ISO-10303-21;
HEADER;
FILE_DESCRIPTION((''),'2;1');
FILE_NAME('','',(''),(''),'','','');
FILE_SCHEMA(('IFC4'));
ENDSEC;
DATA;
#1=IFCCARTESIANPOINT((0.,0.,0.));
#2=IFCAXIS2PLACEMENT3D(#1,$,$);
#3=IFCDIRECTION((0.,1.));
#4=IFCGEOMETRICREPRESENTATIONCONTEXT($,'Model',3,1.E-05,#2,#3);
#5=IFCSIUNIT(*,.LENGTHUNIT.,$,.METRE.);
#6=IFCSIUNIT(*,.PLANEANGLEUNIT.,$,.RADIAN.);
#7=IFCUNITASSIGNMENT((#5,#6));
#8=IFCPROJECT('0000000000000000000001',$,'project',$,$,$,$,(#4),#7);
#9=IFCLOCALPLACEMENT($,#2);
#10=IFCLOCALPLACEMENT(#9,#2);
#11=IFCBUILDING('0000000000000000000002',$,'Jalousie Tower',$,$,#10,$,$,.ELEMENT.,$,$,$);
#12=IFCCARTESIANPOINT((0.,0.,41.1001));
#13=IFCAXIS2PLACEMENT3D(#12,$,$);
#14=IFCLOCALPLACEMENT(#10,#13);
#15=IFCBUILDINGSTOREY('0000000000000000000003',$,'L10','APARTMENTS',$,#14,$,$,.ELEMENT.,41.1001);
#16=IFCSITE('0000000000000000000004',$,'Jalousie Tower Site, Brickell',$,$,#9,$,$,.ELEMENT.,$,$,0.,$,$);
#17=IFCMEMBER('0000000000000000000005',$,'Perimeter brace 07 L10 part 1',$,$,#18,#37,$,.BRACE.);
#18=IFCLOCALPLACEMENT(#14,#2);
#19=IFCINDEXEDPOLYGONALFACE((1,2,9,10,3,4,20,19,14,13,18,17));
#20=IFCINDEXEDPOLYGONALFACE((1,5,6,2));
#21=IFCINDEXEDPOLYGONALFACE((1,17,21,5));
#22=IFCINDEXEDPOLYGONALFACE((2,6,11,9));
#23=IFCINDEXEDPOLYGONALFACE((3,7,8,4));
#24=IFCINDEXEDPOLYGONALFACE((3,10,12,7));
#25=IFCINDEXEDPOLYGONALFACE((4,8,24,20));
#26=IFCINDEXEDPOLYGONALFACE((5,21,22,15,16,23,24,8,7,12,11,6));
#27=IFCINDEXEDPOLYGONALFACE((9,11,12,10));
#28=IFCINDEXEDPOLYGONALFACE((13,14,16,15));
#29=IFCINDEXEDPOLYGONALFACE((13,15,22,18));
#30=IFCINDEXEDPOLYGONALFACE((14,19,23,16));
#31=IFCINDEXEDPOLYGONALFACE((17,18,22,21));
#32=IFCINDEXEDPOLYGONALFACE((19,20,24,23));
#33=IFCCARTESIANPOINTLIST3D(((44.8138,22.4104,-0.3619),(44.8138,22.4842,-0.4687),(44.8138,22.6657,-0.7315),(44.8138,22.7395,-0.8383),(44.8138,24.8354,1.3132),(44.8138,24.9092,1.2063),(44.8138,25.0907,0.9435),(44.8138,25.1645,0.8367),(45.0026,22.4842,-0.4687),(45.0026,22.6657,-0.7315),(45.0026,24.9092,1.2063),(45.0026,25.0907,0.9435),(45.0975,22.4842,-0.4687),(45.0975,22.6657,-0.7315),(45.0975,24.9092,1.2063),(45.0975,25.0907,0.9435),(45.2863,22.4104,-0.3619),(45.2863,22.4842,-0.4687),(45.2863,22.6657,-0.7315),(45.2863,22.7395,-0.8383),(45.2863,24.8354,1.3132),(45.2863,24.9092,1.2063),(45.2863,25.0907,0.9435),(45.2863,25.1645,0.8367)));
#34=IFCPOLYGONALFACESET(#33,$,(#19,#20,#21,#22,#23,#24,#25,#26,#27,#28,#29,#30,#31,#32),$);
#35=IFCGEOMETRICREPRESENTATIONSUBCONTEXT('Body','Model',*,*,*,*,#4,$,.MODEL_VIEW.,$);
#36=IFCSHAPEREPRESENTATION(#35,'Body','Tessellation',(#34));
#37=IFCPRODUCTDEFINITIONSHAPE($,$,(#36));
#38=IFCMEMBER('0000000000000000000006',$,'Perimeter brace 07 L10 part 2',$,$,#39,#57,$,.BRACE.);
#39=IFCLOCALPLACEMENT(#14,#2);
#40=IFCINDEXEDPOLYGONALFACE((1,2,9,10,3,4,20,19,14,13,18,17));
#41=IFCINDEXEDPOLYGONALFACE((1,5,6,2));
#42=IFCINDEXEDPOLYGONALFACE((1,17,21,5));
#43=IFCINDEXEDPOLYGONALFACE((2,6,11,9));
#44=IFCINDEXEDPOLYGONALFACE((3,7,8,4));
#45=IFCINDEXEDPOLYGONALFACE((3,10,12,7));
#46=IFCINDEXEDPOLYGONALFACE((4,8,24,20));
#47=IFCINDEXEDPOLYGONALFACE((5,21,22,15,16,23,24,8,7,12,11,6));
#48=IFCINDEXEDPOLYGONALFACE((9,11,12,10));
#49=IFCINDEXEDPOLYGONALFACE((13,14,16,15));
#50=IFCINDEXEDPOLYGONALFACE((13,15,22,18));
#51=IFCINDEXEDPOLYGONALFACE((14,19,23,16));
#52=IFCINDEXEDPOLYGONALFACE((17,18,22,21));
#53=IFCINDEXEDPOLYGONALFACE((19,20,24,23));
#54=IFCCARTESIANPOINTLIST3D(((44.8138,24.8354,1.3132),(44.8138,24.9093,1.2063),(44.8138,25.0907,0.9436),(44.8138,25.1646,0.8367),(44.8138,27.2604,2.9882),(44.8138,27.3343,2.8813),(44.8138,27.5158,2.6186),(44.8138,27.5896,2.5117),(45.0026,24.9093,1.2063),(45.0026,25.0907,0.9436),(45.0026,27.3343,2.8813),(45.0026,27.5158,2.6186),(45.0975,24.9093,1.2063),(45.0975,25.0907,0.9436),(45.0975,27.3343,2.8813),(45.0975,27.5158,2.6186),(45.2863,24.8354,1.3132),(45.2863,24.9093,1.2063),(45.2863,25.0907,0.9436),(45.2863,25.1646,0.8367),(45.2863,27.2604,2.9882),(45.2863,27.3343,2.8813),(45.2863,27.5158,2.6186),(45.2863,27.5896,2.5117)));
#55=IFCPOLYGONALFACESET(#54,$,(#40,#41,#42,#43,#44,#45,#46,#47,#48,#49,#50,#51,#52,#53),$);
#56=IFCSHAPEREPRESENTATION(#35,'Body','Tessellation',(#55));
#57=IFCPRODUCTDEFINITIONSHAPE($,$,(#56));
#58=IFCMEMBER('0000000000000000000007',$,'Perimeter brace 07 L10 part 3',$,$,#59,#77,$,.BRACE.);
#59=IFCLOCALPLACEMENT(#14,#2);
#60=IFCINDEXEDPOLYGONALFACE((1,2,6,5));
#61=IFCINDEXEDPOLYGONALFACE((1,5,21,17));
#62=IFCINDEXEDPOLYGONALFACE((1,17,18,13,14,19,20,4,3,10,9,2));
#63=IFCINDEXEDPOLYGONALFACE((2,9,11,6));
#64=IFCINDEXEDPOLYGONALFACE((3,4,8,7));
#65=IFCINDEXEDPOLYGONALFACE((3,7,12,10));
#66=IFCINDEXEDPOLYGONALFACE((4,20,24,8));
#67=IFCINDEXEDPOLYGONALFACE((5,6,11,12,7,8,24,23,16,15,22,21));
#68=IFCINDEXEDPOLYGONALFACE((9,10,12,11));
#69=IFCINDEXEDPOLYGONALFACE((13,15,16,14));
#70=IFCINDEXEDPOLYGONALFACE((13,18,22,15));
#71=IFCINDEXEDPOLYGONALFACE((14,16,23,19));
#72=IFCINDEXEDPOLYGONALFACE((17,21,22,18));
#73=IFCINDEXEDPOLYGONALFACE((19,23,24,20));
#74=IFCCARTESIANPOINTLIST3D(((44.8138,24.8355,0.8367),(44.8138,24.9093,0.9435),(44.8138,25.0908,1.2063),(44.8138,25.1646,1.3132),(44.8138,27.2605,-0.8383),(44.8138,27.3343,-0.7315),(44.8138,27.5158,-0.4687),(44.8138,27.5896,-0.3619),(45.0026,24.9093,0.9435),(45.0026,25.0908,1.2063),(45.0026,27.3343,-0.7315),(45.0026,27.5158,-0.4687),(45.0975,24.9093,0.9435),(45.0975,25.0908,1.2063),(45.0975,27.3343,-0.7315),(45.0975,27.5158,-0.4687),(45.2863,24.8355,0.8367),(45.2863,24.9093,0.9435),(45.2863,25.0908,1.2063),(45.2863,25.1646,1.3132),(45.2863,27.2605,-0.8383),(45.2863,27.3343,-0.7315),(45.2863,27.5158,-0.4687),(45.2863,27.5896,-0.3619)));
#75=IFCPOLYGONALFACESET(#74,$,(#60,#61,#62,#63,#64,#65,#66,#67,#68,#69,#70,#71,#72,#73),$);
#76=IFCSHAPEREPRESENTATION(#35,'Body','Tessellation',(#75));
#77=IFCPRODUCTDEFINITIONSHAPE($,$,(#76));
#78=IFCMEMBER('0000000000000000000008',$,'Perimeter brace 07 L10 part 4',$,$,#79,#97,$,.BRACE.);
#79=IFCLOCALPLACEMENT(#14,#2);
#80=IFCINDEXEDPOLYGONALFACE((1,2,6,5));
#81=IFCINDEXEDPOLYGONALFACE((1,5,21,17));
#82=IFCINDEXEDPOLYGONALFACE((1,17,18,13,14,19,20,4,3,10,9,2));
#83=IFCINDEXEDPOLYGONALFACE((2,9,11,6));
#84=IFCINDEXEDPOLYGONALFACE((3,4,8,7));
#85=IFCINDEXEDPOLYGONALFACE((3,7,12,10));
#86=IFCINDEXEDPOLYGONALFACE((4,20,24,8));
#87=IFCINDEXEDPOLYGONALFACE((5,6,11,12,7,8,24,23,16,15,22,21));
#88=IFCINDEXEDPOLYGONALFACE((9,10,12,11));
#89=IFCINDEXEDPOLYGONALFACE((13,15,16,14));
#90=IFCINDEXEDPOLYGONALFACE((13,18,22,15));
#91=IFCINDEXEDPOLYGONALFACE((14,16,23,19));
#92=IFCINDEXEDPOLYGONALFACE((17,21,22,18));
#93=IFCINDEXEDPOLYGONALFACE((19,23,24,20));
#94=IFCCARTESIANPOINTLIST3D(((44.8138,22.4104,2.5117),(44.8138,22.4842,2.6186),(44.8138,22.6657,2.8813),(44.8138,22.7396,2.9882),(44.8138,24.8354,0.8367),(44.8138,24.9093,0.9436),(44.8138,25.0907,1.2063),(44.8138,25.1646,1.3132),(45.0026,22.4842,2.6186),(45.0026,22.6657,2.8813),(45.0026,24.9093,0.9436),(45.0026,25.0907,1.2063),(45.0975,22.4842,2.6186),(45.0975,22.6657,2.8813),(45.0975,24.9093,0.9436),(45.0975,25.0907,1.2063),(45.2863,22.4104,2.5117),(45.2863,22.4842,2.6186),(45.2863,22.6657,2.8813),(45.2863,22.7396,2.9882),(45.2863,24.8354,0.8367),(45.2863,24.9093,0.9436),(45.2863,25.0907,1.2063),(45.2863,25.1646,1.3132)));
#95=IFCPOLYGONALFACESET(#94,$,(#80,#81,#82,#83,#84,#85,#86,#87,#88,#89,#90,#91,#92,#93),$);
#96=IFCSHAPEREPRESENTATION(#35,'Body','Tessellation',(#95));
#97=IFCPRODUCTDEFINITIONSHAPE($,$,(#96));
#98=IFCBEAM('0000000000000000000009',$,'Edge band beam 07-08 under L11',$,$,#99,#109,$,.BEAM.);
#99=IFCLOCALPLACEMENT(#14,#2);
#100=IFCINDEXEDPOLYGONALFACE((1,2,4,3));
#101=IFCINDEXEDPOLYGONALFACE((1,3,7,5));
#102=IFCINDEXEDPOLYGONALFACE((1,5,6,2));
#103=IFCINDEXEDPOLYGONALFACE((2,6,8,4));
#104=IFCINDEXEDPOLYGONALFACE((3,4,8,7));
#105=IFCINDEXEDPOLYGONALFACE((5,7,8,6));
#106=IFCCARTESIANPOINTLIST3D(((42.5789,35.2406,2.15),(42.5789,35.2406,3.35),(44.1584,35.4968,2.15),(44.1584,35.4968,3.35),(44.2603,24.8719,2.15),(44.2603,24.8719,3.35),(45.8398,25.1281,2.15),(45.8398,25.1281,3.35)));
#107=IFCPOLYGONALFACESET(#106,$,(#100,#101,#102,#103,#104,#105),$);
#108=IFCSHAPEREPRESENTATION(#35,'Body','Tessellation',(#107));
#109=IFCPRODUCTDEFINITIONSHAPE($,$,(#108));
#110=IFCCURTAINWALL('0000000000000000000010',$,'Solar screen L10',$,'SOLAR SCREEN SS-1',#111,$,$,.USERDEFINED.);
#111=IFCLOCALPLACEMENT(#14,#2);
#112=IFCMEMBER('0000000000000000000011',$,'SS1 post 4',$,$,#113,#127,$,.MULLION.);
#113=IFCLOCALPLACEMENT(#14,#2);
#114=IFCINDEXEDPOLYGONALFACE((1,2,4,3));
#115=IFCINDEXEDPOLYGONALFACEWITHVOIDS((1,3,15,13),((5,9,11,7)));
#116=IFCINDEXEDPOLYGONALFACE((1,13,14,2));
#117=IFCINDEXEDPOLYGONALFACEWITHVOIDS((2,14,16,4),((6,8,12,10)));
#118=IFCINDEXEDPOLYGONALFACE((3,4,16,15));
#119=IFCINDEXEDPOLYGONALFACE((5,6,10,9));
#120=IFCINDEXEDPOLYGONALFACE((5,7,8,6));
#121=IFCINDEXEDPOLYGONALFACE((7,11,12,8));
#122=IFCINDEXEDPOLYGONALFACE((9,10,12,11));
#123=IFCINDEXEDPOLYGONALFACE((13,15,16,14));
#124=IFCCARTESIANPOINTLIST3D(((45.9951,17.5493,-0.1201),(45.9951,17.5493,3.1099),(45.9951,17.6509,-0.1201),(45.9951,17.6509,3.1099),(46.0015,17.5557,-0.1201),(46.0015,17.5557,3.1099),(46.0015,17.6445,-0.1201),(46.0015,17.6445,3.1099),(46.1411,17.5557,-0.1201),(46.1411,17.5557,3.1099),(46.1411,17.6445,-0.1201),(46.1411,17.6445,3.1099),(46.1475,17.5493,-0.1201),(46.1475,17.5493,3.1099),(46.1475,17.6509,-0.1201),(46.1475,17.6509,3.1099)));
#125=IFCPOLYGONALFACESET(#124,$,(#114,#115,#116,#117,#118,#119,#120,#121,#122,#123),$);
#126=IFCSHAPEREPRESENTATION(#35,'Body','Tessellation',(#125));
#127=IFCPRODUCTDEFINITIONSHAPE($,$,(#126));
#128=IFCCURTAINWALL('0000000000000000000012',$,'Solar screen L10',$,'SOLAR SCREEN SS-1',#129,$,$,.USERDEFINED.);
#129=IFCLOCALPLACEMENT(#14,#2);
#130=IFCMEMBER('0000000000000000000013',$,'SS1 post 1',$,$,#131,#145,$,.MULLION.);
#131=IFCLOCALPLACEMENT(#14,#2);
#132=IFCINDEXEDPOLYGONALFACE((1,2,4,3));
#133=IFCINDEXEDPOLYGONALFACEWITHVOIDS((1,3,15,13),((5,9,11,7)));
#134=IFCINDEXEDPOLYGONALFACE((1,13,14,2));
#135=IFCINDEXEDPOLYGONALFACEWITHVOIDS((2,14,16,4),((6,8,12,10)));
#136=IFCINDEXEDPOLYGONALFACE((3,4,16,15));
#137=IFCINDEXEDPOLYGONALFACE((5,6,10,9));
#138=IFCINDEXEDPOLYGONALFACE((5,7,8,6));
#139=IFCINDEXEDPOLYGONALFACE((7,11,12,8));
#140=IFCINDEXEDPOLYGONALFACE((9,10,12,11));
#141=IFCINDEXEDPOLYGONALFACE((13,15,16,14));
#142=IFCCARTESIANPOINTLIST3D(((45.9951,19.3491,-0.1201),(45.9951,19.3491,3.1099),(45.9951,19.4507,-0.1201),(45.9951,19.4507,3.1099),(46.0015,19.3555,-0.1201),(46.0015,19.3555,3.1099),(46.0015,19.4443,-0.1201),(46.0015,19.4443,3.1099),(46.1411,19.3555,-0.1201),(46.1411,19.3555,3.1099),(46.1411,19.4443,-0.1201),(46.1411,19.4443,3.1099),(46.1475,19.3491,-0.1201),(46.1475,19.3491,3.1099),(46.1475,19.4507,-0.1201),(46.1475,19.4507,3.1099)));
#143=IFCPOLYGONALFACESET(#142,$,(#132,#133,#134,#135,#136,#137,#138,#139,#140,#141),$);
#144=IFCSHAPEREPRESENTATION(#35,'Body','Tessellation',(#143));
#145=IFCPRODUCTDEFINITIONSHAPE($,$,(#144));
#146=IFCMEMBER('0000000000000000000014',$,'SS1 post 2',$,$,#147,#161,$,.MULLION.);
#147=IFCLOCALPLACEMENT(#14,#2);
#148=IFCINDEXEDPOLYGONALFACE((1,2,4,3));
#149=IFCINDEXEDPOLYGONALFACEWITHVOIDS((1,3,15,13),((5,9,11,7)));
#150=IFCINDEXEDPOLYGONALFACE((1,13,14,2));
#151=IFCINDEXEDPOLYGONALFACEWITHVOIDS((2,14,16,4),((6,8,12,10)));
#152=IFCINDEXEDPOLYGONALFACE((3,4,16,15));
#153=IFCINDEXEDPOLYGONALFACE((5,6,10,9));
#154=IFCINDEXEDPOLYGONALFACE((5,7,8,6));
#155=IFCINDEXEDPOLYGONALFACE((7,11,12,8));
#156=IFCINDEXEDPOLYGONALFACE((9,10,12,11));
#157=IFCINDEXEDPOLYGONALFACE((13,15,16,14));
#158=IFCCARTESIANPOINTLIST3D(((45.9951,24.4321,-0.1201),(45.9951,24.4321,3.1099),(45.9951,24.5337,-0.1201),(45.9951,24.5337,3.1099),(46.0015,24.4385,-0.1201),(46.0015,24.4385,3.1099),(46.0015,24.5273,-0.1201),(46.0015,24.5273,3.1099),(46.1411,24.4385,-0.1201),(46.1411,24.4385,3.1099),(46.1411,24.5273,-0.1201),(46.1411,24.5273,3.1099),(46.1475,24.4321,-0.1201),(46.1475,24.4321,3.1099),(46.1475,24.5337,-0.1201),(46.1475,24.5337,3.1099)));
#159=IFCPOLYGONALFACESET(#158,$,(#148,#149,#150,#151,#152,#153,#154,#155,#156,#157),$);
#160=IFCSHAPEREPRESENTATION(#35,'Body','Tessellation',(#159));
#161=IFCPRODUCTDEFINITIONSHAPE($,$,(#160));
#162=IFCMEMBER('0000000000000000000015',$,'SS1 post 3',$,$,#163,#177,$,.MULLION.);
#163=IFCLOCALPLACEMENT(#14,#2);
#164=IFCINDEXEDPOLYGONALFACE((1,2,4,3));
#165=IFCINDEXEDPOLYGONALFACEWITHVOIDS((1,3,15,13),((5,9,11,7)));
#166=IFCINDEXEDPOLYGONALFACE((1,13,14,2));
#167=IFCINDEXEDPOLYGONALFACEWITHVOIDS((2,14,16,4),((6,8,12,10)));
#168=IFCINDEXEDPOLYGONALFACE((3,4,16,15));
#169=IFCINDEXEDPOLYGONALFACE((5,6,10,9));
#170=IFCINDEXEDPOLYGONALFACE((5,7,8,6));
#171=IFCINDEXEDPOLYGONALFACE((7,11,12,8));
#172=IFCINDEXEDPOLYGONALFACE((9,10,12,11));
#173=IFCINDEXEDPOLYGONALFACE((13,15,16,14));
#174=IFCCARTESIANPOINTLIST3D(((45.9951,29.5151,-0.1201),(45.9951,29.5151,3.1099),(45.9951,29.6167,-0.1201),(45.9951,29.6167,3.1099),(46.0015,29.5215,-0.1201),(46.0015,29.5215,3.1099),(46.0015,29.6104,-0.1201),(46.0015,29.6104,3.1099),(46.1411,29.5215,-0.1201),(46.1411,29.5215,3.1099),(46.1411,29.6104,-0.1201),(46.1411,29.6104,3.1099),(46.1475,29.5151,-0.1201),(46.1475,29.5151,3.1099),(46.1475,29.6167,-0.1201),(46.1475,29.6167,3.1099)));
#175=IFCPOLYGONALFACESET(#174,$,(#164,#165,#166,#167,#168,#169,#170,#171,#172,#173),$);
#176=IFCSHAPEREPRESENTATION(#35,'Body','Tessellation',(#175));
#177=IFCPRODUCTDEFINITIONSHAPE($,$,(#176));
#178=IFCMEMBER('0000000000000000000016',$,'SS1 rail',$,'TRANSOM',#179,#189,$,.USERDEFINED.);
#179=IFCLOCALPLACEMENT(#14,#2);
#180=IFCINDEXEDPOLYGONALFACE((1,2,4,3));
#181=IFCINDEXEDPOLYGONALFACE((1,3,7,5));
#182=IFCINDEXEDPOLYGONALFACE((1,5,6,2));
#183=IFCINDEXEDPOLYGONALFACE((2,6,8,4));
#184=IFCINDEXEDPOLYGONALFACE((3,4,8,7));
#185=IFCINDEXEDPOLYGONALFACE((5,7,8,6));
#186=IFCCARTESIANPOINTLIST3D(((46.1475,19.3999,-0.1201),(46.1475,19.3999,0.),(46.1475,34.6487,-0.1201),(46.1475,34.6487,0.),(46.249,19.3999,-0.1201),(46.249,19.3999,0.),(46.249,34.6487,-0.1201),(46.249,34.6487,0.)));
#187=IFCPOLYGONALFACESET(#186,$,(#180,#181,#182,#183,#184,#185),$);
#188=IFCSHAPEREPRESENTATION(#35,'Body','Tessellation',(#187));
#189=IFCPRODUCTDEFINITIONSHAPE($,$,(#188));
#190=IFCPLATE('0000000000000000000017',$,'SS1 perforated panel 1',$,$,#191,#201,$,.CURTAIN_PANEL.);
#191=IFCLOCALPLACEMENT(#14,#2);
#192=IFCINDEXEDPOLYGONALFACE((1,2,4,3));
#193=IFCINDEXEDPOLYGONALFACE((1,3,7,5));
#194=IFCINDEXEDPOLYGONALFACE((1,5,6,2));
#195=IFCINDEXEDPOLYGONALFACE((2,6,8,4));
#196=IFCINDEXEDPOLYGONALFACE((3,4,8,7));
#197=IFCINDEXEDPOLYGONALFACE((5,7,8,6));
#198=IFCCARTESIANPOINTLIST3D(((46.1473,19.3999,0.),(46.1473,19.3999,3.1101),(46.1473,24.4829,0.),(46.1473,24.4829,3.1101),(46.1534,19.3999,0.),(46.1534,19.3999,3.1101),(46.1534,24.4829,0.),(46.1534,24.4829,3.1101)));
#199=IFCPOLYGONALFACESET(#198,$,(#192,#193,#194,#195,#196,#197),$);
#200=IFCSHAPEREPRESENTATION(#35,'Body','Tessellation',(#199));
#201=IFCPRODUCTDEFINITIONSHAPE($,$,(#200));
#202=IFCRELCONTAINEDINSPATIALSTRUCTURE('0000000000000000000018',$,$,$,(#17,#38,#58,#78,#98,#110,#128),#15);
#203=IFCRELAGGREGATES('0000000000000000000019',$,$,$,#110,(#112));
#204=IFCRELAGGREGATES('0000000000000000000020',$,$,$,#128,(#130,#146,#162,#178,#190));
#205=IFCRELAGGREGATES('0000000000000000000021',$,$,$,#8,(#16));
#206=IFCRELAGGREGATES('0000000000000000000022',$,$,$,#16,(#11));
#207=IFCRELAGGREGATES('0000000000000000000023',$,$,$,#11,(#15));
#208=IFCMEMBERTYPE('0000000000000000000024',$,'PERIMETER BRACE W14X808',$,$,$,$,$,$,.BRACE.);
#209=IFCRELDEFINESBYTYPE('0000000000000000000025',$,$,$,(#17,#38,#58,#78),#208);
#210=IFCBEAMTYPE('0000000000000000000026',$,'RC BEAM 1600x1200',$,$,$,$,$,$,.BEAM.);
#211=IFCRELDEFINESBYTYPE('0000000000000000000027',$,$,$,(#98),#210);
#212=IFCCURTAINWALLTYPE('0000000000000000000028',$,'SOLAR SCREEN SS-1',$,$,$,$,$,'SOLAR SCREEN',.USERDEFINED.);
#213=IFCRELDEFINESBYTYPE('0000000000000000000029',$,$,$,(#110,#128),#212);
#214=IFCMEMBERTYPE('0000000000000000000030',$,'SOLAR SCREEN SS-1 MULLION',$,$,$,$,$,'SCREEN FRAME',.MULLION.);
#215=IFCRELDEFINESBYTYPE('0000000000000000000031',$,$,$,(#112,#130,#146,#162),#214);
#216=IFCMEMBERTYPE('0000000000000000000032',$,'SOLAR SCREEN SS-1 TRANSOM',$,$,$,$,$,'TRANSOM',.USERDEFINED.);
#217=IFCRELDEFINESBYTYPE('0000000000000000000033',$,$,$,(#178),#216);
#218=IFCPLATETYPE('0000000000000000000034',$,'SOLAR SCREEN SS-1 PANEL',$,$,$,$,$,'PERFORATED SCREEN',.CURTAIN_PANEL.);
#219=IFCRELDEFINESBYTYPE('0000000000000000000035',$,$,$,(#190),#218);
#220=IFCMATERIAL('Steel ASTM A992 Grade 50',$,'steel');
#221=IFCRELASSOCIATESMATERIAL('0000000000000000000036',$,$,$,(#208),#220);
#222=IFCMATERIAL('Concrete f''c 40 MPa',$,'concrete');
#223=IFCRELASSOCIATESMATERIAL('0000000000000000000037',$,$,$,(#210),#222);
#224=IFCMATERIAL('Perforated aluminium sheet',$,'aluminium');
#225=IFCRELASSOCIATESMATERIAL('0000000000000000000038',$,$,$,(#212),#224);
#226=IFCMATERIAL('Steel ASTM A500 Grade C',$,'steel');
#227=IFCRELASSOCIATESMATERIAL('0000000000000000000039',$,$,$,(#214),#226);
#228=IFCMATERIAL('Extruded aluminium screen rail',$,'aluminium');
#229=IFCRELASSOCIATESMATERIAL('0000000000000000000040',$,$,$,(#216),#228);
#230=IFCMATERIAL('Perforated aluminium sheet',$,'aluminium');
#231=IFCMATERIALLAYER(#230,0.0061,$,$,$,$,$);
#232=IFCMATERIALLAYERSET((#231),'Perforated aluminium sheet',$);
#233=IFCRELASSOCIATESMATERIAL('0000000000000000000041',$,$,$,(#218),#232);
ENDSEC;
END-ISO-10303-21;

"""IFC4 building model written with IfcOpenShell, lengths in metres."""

from ifc_helpers import new_model, si_unit, direction, frame, origin, origin_2d, place, context, subcontext, project, spatial, rectangle, hollow_rectangle, i_section, extrude, material, layer, layer_set, material_profile, profile_set, type_object, element, aggregate, save


model = new_model("IFC4")

# Units and contexts
model_context = context("Model", 3, precision=1e-05, world=origin(), true_north=direction((0.0, 1.0)))
body_context = subcontext(model_context, "Body", "Model", "MODEL_VIEW")
ifc_project = project(units=[si_unit("LENGTHUNIT", "METRE"), si_unit("PLANEANGLEUNIT", "RADIAN")], contexts=[model_context])

# Site, building, storey
site_placement = place(None, origin())
site = spatial("IfcSite", under=ifc_project, at=site_placement, Name="Jalousie Tower Site, Brickell", CompositionType="ELEMENT", RefElevation=0.0)
building_placement = place(site_placement, origin())
building = spatial("IfcBuilding", under=site, at=building_placement, Name="Jalousie Tower", CompositionType="ELEMENT")
storey_placement = place(building_placement, frame((0.0, 0.0, 41.1001)))
storey = spatial("IfcBuildingStorey", under=building, at=storey_placement, Name="L10", Description="APARTMENTS", CompositionType="ELEMENT", Elevation=41.1001)

# Members
ifc_material_1 = material(Name="Steel ASTM A992 Grade 50", Category="steel")
ifc_material_profile_1 = material_profile(ifc_material_1, i_section(OverallWidth=0.4724, OverallDepth=0.5791, WebThickness=0.095, FlangeThickness=0.1299, at=origin_2d()), Name="W14X808")
ifc_profile_set_1 = profile_set([ifc_material_profile_1], Name="Steel ASTM A992 Grade 50")
member_type_1 = type_object("IfcMemberType", Name="PERIMETER BRACE W14X808", PredefinedType="BRACE", material=ifc_profile_set_1)
for number, where, z_axis, x_axis, name in (
    (1, (45.05, 22.575, -0.6001), (0.0, 0.8228, 0.568331), (-1.0, 0.0, 0.0), "Perimeter brace 07 L10 part 1"),
    (2, (45.05, 25.0, 1.075), (0.0, 0.8228, 0.568331), (-1.0, 0.0, 0.0), "Perimeter brace 07 L10 part 2"),
    (3, (45.05, 27.425, -0.6001), (0.0, -0.8228, 0.568331), (1.0, 0.0, 0.0), "Perimeter brace 07 L10 part 3"),
    (4, (45.05, 25.0, 1.075), (0.0, -0.8228, 0.568331), (1.0, 0.0, 0.0), "Perimeter brace 07 L10 part 4"),
):
    element("IfcMember", number, at=place(storey_placement, frame(where, z_axis=z_axis, x_axis=x_axis)), inside=storey, type_object=member_type_1, Name=name, PredefinedType="BRACE", context=body_context, shape_type="SweptSolid", body=[
        extrude(i_section(OverallWidth=0.4724, OverallDepth=0.5791, WebThickness=0.095, FlangeThickness=0.1299, at=origin_2d()), origin(), (0.0, 0.0, 1.0), 2.9473),
    ])

# Beam
ifc_material_2 = material(Name="Concrete f'c 40 MPa", Category="concrete")
ifc_material_profile_2 = material_profile(ifc_material_2, rectangle(XDim=1.6001, YDim=1.2, at=origin_2d()), Name="RC 1600x1200")
ifc_profile_set_2 = profile_set([ifc_material_profile_2], Name="Concrete f'c 40 MPa")
beam_type = type_object("IfcBeamType", Name="RC BEAM 1600x1200", PredefinedType="BEAM", material=ifc_profile_set_2)
beam_placement = place(storey_placement, frame((45.05, 25.0, 2.75), z_axis=(-0.160071, 0.987106, 0.0), x_axis=(-0.987106, -0.160071, 0.0)))
element("IfcBeam", 5, at=beam_placement, inside=storey, type_object=beam_type, Name="Edge band beam 07-08 under L11", PredefinedType="BEAM", context=body_context, shape_type="SweptSolid", body=[
    extrude(rectangle(XDim=1.6001, YDim=1.2, at=origin_2d()), origin(), (0.0, 0.0, 1.0), 10.5042),
])

# Curtain wall, member
ifc_material_3 = material(Name="Perforated aluminium sheet", Category="aluminium")
curtain_wall_type = type_object("IfcCurtainWallType", Name="SOLAR SCREEN SS-1", ElementType="SOLAR SCREEN", PredefinedType="USERDEFINED", material=ifc_material_3)
curtain_wall_1_placement = place(storey_placement, origin())
curtain_wall_1 = element("IfcCurtainWall", 6, at=curtain_wall_1_placement, inside=storey, type_object=curtain_wall_type, Name="Solar screen L10", ObjectType="SOLAR SCREEN SS-1", PredefinedType="USERDEFINED")
ifc_material_4 = material(Name="Steel ASTM A500 Grade C", Category="steel")
ifc_material_profile_3 = material_profile(ifc_material_4, hollow_rectangle(XDim=0.1016, YDim=0.1523, WallThickness=0.0063, at=origin_2d()), Name="HSS6X4X1/4")
ifc_profile_set_3 = profile_set([ifc_material_profile_3], Name="Steel ASTM A500 Grade C")
member_type_2 = type_object("IfcMemberType", Name="SOLAR SCREEN SS-1 MULLION", ElementType="SCREEN FRAME", PredefinedType="MULLION", material=ifc_profile_set_3)
member_1_placement = place(storey_placement, frame((46.0713, 17.6001, -0.1201), z_axis=(0.0, 0.0, 1.0), x_axis=(0.0, 1.0, 0.0)))
member_1 = element("IfcMember", 7, at=member_1_placement, type_object=member_type_2, Name="SS1 post 4", PredefinedType="MULLION", context=body_context, shape_type="SweptSolid", body=[
    extrude(hollow_rectangle(XDim=0.1016, YDim=0.1523, WallThickness=0.0063, at=origin_2d()), origin(), (0.0, 0.0, 1.0), 3.23),
])
aggregate(curtain_wall_1, [member_1])

# Curtain wall, members, plate
curtain_wall_2_placement = place(storey_placement, origin())
curtain_wall_2 = element("IfcCurtainWall", 8, at=curtain_wall_2_placement, inside=storey, type_object=curtain_wall_type, Name="Solar screen L10", ObjectType="SOLAR SCREEN SS-1", PredefinedType="USERDEFINED")
member_2_placement = place(storey_placement, frame((46.0713, 19.3999, -0.1201), z_axis=(0.0, 0.0, 1.0), x_axis=(0.0, 1.0, 0.0)))
member_2 = element("IfcMember", 9, at=member_2_placement, type_object=member_type_2, Name="SS1 post 1", PredefinedType="MULLION", context=body_context, shape_type="SweptSolid", body=[
    extrude(hollow_rectangle(XDim=0.1016, YDim=0.1523, WallThickness=0.0063, at=origin_2d()), origin(), (0.0, 0.0, 1.0), 3.23),
])
member_3_placement = place(storey_placement, frame((46.0713, 24.4829, -0.1201), z_axis=(0.0, 0.0, 1.0), x_axis=(0.0, 1.0, 0.0)))
member_3 = element("IfcMember", 10, at=member_3_placement, type_object=member_type_2, Name="SS1 post 2", PredefinedType="MULLION", context=body_context, shape_type="SweptSolid", body=[
    extrude(hollow_rectangle(XDim=0.1016, YDim=0.1523, WallThickness=0.0063, at=origin_2d()), origin(), (0.0, 0.0, 1.0), 3.23),
])
member_4_placement = place(storey_placement, frame((46.0713, 29.5659, -0.1201), z_axis=(0.0, 0.0, 1.0), x_axis=(0.0, 1.0, 0.0)))
member_4 = element("IfcMember", 11, at=member_4_placement, type_object=member_type_2, Name="SS1 post 3", PredefinedType="MULLION", context=body_context, shape_type="SweptSolid", body=[
    extrude(hollow_rectangle(XDim=0.1016, YDim=0.1523, WallThickness=0.0063, at=origin_2d()), origin(), (0.0, 0.0, 1.0), 3.23),
])
ifc_material_5 = material(Name="Extruded aluminium screen rail", Category="aluminium")
ifc_material_profile_4 = material_profile(ifc_material_5, rectangle(XDim=0.1016, YDim=0.1201, at=origin_2d()), Name="RAIL 102x120")
ifc_profile_set_4 = profile_set([ifc_material_profile_4], Name="Extruded aluminium screen rail")
member_type_3 = type_object("IfcMemberType", Name="SOLAR SCREEN SS-1 TRANSOM", ElementType="TRANSOM", PredefinedType="USERDEFINED", material=ifc_profile_set_4)
member_5_placement = place(storey_placement, frame((46.1982, 19.3999, -0.0601), z_axis=(0.0, 1.0, 0.0), x_axis=(-1.0, 0.0, 0.0)))
member_5 = element("IfcMember", 12, at=member_5_placement, type_object=member_type_3, Name="SS1 rail", ObjectType="TRANSOM", PredefinedType="USERDEFINED", context=body_context, shape_type="SweptSolid", body=[
    extrude(rectangle(XDim=0.1016, YDim=0.1201, at=origin_2d()), origin(), (0.0, 0.0, 1.0), 15.2488),
])
ifc_material_6 = material(Name="Perforated aluminium sheet", Category="aluminium")
ifc_layer_1 = layer(ifc_material_6, 0.0061)
ifc_layer_set_1 = layer_set([ifc_layer_1], Name="Perforated aluminium sheet")
plate_type = type_object("IfcPlateType", Name="SOLAR SCREEN SS-1 PANEL", ElementType="PERFORATED SCREEN", PredefinedType="CURTAIN_PANEL", material=ifc_layer_set_1)
plate_1_placement = place(storey_placement, frame((46.1504, 21.9414, 0.0), z_axis=(0.0, 0.0, 1.0), x_axis=(0.0, 1.0, 0.0)))
plate_1 = element("IfcPlate", 13, at=plate_1_placement, type_object=plate_type, Name="SS1 perforated panel 1", PredefinedType="CURTAIN_PANEL", context=body_context, shape_type="SweptSolid", body=[
    extrude(rectangle(XDim=5.083, YDim=0.0061, at=origin_2d()), origin(), (0.0, 0.0, 1.0), 3.1101),
])
aggregate(curtain_wall_2, [member_2, member_3, member_4, member_5, plate_1])

save(model, "model.ifc")
